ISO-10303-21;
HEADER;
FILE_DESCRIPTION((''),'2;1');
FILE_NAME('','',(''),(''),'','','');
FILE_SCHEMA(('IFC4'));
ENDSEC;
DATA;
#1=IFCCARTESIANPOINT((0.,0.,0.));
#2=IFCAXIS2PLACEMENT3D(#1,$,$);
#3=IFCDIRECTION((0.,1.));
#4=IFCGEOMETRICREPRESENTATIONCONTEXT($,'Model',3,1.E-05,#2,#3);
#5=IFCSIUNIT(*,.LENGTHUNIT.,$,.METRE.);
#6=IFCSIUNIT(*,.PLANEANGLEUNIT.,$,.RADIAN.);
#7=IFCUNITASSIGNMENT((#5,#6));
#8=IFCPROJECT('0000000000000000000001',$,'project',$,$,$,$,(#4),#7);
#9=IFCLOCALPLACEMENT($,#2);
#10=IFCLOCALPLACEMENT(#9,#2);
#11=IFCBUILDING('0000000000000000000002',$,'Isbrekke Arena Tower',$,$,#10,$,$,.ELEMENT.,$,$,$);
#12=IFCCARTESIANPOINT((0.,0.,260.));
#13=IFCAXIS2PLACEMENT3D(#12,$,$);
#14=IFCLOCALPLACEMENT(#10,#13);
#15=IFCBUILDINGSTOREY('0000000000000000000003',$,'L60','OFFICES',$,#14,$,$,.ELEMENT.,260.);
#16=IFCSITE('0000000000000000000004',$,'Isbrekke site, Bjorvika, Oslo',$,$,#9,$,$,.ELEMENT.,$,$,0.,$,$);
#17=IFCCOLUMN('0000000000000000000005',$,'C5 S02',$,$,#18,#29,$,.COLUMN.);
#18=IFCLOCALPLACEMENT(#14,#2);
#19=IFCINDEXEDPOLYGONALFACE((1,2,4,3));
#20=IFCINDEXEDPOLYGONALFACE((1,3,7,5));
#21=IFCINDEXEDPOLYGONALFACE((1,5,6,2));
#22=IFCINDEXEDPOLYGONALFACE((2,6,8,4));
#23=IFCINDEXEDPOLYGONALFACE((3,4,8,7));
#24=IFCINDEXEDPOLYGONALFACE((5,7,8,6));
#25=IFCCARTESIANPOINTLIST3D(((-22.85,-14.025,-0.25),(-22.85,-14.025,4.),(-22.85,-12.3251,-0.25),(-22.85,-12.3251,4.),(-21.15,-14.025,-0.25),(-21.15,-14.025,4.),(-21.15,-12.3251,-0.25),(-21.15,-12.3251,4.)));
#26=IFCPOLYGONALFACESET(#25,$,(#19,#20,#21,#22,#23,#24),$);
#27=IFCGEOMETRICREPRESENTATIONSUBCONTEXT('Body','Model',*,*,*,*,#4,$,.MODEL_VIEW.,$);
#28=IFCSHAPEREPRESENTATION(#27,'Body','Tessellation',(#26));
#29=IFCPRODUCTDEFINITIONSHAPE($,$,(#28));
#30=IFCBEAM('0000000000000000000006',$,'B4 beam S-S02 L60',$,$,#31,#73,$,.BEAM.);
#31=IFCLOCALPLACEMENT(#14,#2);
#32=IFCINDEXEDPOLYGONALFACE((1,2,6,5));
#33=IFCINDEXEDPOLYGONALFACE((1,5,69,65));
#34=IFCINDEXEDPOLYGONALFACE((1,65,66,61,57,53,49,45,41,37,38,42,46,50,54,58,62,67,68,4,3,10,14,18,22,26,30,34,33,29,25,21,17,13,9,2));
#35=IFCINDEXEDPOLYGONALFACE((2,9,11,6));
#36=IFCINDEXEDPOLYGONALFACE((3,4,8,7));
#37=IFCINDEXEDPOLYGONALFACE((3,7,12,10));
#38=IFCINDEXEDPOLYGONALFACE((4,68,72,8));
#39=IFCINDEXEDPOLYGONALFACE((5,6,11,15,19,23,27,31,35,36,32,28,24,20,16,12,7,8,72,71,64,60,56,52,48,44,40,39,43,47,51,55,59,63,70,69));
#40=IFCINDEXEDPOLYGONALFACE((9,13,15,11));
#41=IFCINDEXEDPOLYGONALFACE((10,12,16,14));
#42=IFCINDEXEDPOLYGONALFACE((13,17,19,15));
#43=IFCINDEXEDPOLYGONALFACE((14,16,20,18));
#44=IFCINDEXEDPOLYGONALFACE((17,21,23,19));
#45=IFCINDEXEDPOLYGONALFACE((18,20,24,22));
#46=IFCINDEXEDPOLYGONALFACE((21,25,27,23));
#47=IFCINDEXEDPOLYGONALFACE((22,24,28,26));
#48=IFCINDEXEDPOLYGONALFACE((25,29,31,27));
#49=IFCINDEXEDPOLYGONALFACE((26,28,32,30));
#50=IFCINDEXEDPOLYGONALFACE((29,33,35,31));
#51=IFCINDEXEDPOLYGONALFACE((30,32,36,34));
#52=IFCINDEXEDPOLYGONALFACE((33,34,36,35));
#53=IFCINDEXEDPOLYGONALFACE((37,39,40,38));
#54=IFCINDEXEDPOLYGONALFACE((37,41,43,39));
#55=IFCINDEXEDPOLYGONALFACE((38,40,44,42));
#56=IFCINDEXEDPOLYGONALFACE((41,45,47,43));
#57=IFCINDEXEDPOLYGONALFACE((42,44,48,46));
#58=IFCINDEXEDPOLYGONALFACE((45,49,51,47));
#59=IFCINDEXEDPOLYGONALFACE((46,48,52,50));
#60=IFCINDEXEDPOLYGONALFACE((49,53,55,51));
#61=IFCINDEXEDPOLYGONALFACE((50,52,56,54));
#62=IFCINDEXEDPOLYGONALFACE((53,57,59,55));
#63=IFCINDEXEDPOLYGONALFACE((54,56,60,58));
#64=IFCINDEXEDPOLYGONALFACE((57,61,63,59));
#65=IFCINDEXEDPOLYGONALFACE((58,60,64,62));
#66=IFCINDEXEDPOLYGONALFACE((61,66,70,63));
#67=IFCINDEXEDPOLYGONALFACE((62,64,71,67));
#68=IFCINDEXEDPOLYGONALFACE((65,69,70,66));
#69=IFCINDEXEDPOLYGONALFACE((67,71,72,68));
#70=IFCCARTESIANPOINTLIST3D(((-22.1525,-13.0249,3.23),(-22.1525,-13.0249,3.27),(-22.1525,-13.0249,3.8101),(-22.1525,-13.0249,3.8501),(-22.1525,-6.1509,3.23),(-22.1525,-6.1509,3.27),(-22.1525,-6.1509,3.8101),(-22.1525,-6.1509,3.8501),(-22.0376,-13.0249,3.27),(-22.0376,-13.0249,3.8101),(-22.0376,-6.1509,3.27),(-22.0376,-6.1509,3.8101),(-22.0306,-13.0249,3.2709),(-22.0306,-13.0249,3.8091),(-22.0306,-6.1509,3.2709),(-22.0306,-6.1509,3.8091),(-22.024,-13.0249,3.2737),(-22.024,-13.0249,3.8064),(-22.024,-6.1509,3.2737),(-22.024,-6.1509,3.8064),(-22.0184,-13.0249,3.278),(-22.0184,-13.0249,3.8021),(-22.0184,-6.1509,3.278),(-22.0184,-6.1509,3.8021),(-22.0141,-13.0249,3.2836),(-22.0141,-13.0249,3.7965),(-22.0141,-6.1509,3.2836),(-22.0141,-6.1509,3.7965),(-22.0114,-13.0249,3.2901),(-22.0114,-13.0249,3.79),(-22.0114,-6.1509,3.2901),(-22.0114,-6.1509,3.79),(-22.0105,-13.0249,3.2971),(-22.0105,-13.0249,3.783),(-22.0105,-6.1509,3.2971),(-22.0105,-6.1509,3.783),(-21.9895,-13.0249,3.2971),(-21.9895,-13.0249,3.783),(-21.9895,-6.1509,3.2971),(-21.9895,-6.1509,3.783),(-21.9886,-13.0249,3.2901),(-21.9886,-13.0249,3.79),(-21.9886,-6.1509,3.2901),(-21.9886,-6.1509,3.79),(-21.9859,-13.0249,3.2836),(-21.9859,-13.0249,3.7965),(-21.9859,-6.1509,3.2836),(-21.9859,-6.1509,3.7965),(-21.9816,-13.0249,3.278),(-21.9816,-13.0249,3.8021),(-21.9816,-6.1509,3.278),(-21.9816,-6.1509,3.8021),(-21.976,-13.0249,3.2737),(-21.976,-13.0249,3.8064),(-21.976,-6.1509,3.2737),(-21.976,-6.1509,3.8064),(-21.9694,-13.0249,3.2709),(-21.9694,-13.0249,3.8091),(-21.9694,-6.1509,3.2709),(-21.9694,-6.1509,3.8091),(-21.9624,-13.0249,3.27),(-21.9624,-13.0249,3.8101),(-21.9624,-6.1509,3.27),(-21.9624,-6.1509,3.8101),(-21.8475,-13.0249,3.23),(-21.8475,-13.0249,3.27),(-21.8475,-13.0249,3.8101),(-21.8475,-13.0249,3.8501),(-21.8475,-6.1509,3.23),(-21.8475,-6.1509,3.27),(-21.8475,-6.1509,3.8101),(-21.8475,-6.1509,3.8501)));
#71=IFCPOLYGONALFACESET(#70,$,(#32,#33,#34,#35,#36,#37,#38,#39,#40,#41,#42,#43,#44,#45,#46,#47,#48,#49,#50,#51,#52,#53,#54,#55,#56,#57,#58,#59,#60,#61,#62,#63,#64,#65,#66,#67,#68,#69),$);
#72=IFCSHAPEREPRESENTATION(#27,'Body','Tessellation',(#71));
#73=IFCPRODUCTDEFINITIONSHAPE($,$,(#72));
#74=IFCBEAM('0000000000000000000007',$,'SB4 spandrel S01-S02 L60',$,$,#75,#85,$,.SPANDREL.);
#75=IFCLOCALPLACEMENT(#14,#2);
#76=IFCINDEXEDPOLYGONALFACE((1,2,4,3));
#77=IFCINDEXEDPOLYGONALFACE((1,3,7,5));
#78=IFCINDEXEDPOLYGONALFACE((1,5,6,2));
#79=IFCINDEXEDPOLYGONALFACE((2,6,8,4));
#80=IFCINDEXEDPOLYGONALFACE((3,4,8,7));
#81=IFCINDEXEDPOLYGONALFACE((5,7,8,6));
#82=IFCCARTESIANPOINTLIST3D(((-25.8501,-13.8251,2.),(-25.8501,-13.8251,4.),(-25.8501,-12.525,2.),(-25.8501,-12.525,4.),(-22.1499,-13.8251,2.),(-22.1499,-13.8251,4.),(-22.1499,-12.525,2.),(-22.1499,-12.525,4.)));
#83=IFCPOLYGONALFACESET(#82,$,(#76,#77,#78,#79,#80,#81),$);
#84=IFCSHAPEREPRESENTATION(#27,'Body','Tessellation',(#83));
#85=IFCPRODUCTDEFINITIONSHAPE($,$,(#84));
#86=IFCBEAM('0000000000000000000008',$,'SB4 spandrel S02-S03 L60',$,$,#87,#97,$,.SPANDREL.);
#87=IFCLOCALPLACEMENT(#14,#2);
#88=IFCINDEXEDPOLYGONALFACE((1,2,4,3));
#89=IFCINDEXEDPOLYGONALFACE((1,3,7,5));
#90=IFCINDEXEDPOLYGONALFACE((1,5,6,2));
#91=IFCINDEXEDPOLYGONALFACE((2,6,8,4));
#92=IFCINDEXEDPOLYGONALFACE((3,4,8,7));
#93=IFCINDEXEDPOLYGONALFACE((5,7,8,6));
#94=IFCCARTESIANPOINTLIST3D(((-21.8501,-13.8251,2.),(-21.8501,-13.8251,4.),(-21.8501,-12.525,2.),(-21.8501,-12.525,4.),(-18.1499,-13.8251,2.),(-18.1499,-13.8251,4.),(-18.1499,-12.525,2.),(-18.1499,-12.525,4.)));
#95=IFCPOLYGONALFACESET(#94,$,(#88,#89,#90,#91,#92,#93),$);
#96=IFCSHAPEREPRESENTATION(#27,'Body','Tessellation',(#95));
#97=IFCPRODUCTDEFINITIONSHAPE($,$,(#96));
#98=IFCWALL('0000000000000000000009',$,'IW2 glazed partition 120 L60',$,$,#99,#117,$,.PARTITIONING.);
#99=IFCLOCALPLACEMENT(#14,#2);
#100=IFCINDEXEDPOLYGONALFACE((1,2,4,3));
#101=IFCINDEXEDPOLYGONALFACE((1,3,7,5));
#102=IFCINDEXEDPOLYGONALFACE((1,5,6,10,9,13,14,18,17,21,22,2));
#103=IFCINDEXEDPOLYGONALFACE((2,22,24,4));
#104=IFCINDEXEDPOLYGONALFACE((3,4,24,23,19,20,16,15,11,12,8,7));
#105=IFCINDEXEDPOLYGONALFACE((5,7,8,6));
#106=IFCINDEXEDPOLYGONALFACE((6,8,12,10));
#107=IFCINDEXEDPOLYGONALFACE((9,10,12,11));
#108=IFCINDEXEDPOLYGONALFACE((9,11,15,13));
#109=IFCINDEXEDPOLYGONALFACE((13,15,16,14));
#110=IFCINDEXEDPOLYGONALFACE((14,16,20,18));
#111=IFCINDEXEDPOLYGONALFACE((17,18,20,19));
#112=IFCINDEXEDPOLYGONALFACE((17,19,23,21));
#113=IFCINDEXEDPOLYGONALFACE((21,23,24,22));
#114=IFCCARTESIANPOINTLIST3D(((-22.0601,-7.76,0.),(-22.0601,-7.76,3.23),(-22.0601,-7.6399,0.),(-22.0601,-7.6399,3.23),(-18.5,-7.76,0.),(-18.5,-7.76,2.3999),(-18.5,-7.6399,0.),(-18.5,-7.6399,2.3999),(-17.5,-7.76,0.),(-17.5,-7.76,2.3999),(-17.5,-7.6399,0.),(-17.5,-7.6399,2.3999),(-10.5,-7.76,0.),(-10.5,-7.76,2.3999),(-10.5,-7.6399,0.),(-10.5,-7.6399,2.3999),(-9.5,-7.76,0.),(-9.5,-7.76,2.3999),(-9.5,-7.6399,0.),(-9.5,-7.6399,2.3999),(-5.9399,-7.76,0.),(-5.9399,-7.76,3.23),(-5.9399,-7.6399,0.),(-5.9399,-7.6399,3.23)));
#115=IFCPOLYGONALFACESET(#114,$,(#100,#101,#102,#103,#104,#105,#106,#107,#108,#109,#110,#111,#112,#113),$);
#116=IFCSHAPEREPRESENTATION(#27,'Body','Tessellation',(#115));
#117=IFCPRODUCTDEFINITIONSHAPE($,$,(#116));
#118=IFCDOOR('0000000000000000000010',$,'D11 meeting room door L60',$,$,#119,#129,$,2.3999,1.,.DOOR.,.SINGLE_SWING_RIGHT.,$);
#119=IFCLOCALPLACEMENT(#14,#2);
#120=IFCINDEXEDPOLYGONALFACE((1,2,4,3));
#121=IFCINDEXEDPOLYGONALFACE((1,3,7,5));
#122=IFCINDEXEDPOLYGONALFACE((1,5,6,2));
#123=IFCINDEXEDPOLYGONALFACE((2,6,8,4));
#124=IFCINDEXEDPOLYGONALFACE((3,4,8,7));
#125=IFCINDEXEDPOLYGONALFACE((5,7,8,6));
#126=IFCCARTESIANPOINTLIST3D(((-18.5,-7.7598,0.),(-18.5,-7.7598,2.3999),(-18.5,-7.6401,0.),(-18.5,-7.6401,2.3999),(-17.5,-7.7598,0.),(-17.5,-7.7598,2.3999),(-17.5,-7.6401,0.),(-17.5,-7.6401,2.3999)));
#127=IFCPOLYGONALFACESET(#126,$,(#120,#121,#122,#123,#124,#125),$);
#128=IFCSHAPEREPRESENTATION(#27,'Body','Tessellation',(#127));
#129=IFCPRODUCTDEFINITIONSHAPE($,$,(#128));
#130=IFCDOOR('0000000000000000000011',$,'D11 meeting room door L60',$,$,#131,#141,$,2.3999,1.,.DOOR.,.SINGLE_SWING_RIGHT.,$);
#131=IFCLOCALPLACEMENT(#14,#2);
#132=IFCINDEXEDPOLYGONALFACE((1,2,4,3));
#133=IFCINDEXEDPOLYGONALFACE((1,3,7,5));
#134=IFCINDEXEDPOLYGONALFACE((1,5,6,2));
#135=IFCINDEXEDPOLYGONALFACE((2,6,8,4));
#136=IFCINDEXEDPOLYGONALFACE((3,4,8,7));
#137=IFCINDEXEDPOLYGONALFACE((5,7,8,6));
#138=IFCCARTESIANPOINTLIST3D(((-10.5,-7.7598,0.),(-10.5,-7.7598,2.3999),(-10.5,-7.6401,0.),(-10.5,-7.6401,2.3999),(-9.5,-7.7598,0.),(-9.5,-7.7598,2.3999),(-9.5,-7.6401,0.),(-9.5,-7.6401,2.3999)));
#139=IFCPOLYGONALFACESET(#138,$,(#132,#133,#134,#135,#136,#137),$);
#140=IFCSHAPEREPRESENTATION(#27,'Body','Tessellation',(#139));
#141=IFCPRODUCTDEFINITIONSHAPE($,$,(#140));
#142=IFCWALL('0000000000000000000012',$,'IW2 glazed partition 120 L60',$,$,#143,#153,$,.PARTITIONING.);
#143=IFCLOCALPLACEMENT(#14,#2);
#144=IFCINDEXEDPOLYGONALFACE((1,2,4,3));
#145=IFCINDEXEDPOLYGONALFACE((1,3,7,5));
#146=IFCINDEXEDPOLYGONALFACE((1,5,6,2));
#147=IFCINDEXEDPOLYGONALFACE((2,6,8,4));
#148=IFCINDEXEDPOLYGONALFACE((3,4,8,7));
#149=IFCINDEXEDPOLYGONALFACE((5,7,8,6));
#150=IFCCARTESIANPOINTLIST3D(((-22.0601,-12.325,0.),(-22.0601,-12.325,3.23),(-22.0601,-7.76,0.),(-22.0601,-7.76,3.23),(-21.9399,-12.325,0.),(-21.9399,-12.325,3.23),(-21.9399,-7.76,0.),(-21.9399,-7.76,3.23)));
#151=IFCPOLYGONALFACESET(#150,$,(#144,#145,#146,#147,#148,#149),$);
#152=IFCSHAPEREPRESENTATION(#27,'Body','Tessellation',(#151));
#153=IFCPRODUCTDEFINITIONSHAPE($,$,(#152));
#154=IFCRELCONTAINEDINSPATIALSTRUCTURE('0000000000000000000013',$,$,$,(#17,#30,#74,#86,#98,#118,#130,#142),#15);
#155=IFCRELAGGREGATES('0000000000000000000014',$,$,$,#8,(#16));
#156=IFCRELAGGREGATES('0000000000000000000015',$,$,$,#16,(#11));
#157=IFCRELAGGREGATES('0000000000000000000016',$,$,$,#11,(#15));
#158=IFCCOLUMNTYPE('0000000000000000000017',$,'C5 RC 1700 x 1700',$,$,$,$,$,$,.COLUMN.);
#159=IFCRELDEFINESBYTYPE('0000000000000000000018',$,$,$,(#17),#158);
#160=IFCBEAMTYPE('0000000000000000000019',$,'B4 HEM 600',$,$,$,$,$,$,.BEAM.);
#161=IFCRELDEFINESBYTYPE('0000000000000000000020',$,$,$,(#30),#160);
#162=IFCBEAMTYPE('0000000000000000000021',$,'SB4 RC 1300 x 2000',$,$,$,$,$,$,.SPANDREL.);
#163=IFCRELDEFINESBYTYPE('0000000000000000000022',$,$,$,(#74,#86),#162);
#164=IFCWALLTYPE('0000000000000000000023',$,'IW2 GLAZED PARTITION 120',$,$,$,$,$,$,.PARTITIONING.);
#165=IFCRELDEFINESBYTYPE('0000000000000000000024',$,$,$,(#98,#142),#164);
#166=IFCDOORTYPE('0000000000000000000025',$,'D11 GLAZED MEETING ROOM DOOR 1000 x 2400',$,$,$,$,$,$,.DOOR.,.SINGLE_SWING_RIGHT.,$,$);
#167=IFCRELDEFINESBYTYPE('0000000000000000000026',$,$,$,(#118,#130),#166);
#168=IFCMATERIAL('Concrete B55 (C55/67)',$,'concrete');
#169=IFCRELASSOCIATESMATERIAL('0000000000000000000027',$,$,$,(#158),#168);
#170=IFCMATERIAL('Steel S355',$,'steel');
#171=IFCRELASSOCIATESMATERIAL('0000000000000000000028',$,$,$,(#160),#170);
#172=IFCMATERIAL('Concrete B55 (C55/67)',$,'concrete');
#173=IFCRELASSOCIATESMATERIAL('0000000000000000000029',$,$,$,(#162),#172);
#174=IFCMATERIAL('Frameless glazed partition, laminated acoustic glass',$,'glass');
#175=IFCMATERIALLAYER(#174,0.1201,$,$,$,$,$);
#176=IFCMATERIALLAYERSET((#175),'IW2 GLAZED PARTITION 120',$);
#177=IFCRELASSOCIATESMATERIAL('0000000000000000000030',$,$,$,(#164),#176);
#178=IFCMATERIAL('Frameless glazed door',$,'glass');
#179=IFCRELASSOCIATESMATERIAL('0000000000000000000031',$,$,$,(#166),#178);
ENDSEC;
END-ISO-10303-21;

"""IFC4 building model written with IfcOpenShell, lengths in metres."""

from ifc_helpers import new_model, si_unit, direction, frame, frame_2d, origin, origin_2d, place, context, subcontext, project, spatial, rectangle, i_section, extrude, material, layer, layer_set, material_profile, profile_set, type_object, element, fill, save


model = new_model("IFC4")

# Units and contexts
model_context = context("Model", 3, precision=1e-05, world=origin(), true_north=direction((0.0, 1.0)))
body_context = subcontext(model_context, "Body", "Model", "MODEL_VIEW")
ifc_project = project(units=[si_unit("LENGTHUNIT", "METRE"), si_unit("PLANEANGLEUNIT", "RADIAN")], contexts=[model_context])

# Site, building, storey
site_placement = place(None, origin())
site = spatial("IfcSite", under=ifc_project, at=site_placement, Name="Isbrekke site, Bjorvika, Oslo", CompositionType="ELEMENT", RefElevation=0.0)
building_placement = place(site_placement, origin())
building = spatial("IfcBuilding", under=site, at=building_placement, Name="Isbrekke Arena Tower", CompositionType="ELEMENT")
storey_placement = place(building_placement, frame((0.0, 0.0, 260.0)))
storey = spatial("IfcBuildingStorey", under=building, at=storey_placement, Name="L60", Description="OFFICES", CompositionType="ELEMENT", Elevation=260.0)

# Column
ifc_material_1 = material(Name="Concrete B55 (C55/67)", Category="concrete")
ifc_material_profile_1 = material_profile(ifc_material_1, rectangle(XDim=1.7, YDim=1.7, at=origin_2d()), Name="RC 1700x1700")
ifc_profile_set_1 = profile_set([ifc_material_profile_1], Name="Concrete B55 (C55/67)")
column_type = type_object("IfcColumnType", Name="C5 RC 1700 x 1700", PredefinedType="COLUMN", material=ifc_profile_set_1)
column_placement = place(storey_placement, frame((-22.0, -13.175, -0.25), z_axis=(0.0, 0.0, 1.0), x_axis=(1.0, 0.0, 0.0)))
element("IfcColumn", 1, at=column_placement, inside=storey, type_object=column_type, Name="C5 S02", PredefinedType="COLUMN", context=body_context, shape_type="SweptSolid", body=[
    extrude(rectangle(XDim=1.7, YDim=1.7, at=origin_2d()), origin(), (0.0, 0.0, 1.0), 4.25),
])

# Beams
ifc_material_2 = material(Name="Steel S355", Category="steel")
ifc_material_profile_2 = material_profile(ifc_material_2, i_section(OverallWidth=0.3049, OverallDepth=0.6201, WebThickness=0.021, FlangeThickness=0.04, FilletRadius=0.0271, at=origin_2d()), Name="HEM 600")
ifc_profile_set_2 = profile_set([ifc_material_profile_2], Name="Steel S355")
beam_type_1 = type_object("IfcBeamType", Name="B4 HEM 600", PredefinedType="BEAM", material=ifc_profile_set_2)
beam_placement = place(storey_placement, frame((-22.0, -13.0249, 3.54), z_axis=(0.0, 1.0, 0.0), x_axis=(-1.0, 0.0, 0.0)))
element("IfcBeam", 2, at=beam_placement, inside=storey, type_object=beam_type_1, Name="B4 beam S-S02 L60", PredefinedType="BEAM", context=body_context, shape_type="SweptSolid", body=[
    extrude(i_section(OverallWidth=0.3049, OverallDepth=0.6201, WebThickness=0.021, FlangeThickness=0.04, FilletRadius=0.0271, at=origin_2d()), origin(), (0.0, 0.0, 1.0), 6.874),
])
ifc_material_3 = material(Name="Concrete B55 (C55/67)", Category="concrete")
ifc_material_profile_3 = material_profile(ifc_material_3, rectangle(XDim=1.3, YDim=2.0, at=origin_2d()), Name="RC 1300x2000")
ifc_profile_set_3 = profile_set([ifc_material_profile_3], Name="Concrete B55 (C55/67)")
beam_type_2 = type_object("IfcBeamType", Name="SB4 RC 1300 x 2000", PredefinedType="SPANDREL", material=ifc_profile_set_3)
for number, where, z_axis, x_axis, name in (
    (3, (-25.8501, -13.175, 3.0), (1.0, 0.0, 0.0), (0.0, 1.0, 0.0), "SB4 spandrel S01-S02 L60"),
    (4, (-21.8501, -13.175, 3.0), (1.0, 0.0, 0.0), (0.0, 1.0, 0.0), "SB4 spandrel S02-S03 L60"),
):
    element("IfcBeam", number, at=place(storey_placement, frame(where, z_axis=z_axis, x_axis=x_axis)), inside=storey, type_object=beam_type_2, Name=name, PredefinedType="SPANDREL", context=body_context, shape_type="SweptSolid", body=[
        extrude(rectangle(XDim=1.3, YDim=2.0, at=origin_2d()), origin(), (0.0, 0.0, 1.0), 3.7002),
    ])

# Wall, openings, doors
ifc_material_4 = material(Name="Frameless glazed partition, laminated acoustic glass", Category="glass")
ifc_layer = layer(ifc_material_4, 0.1201)
ifc_layer_set = layer_set([ifc_layer], Name="IW2 GLAZED PARTITION 120")
wall_type = type_object("IfcWallType", Name="IW2 GLAZED PARTITION 120", PredefinedType="PARTITIONING", material=ifc_layer_set)
wall_1_placement = place(storey_placement, frame((-22.0601, -7.7, 0.0), z_axis=(0.0, 0.0, 1.0), x_axis=(1.0, 0.0, 0.0)))
wall_1 = element("IfcWall", 5, at=wall_1_placement, inside=storey, type_object=wall_type, Name="IW2 glazed partition 120 L60", PredefinedType="PARTITIONING", context=body_context, shape_type="SweptSolid", body=[
    extrude(rectangle(XDim=16.1201, YDim=0.1201, at=frame_2d((8.0601, 0.0))), origin(), (0.0, 0.0, 1.0), 3.23),
])
opening_1_placement = place(wall_1_placement, frame((3.5601, 0.0, 0.0)))
opening_1 = element("IfcOpeningElement", 6, at=opening_1_placement, cuts=wall_1, PredefinedType="OPENING", context=body_context, shape_type="SweptSolid", body=[
    extrude(rectangle(XDim=1.0, YDim=2.3999, at=frame_2d((0.5, 1.2))), frame((0.0, 0.075, 0.0), z_axis=(0.0, -1.0, 0.0), x_axis=(1.0, 0.0, 0.0)), (0.0, 0.0, 1.0), 0.1499),
])
opening_2_placement = place(wall_1_placement, frame((11.5601, 0.0, 0.0)))
opening_2 = element("IfcOpeningElement", 7, at=opening_2_placement, cuts=wall_1, PredefinedType="OPENING", context=body_context, shape_type="SweptSolid", body=[
    extrude(rectangle(XDim=1.0, YDim=2.3999, at=frame_2d((0.5, 1.2))), frame((0.0, 0.075, 0.0), z_axis=(0.0, -1.0, 0.0), x_axis=(1.0, 0.0, 0.0)), (0.0, 0.0, 1.0), 0.1499),
])
ifc_material_5 = material(Name="Frameless glazed door", Category="glass")
door_type = type_object("IfcDoorType", Name="D11 GLAZED MEETING ROOM DOOR 1000 x 2400", OperationType="SINGLE_SWING_RIGHT", PredefinedType="DOOR", material=ifc_material_5)
door_1_placement = place(opening_1_placement, origin())
door_1 = element("IfcDoor", 8, at=door_1_placement, inside=storey, type_object=door_type, Name="D11 meeting room door L60", OperationType="SINGLE_SWING_RIGHT", OverallHeight=2.3999, OverallWidth=1.0, PredefinedType="DOOR", context=body_context, shape_type="SweptSolid", body=[
    extrude(rectangle(XDim=1.0, YDim=2.3999, at=frame_2d((0.5, 1.2))), frame((0.0, 0.0598, 0.0), z_axis=(0.0, -1.0, 0.0), x_axis=(1.0, 0.0, 0.0)), (0.0, 0.0, 1.0), 0.1196),
])
fill(opening_1, door_1)
door_2_placement = place(opening_2_placement, origin())
door_2 = element("IfcDoor", 9, at=door_2_placement, inside=storey, type_object=door_type, Name="D11 meeting room door L60", OperationType="SINGLE_SWING_RIGHT", OverallHeight=2.3999, OverallWidth=1.0, PredefinedType="DOOR", context=body_context, shape_type="SweptSolid", body=[
    extrude(rectangle(XDim=1.0, YDim=2.3999, at=frame_2d((0.5, 1.2))), frame((0.0, 0.0598, 0.0), z_axis=(0.0, -1.0, 0.0), x_axis=(1.0, 0.0, 0.0)), (0.0, 0.0, 1.0), 0.1196),
])
fill(opening_2, door_2)

# Wall
wall_2_placement = place(storey_placement, frame((-22.0, -12.325, 0.0), z_axis=(0.0, 0.0, 1.0), x_axis=(0.0, 1.0, 0.0)))
element("IfcWall", 10, at=wall_2_placement, inside=storey, type_object=wall_type, Name="IW2 glazed partition 120 L60", PredefinedType="PARTITIONING", context=body_context, shape_type="SweptSolid", body=[
    extrude(rectangle(XDim=4.5649, YDim=0.1201, at=frame_2d((2.2825, 0.0))), origin(), (0.0, 0.0, 1.0), 3.23),
])

save(model, "model.ifc")
